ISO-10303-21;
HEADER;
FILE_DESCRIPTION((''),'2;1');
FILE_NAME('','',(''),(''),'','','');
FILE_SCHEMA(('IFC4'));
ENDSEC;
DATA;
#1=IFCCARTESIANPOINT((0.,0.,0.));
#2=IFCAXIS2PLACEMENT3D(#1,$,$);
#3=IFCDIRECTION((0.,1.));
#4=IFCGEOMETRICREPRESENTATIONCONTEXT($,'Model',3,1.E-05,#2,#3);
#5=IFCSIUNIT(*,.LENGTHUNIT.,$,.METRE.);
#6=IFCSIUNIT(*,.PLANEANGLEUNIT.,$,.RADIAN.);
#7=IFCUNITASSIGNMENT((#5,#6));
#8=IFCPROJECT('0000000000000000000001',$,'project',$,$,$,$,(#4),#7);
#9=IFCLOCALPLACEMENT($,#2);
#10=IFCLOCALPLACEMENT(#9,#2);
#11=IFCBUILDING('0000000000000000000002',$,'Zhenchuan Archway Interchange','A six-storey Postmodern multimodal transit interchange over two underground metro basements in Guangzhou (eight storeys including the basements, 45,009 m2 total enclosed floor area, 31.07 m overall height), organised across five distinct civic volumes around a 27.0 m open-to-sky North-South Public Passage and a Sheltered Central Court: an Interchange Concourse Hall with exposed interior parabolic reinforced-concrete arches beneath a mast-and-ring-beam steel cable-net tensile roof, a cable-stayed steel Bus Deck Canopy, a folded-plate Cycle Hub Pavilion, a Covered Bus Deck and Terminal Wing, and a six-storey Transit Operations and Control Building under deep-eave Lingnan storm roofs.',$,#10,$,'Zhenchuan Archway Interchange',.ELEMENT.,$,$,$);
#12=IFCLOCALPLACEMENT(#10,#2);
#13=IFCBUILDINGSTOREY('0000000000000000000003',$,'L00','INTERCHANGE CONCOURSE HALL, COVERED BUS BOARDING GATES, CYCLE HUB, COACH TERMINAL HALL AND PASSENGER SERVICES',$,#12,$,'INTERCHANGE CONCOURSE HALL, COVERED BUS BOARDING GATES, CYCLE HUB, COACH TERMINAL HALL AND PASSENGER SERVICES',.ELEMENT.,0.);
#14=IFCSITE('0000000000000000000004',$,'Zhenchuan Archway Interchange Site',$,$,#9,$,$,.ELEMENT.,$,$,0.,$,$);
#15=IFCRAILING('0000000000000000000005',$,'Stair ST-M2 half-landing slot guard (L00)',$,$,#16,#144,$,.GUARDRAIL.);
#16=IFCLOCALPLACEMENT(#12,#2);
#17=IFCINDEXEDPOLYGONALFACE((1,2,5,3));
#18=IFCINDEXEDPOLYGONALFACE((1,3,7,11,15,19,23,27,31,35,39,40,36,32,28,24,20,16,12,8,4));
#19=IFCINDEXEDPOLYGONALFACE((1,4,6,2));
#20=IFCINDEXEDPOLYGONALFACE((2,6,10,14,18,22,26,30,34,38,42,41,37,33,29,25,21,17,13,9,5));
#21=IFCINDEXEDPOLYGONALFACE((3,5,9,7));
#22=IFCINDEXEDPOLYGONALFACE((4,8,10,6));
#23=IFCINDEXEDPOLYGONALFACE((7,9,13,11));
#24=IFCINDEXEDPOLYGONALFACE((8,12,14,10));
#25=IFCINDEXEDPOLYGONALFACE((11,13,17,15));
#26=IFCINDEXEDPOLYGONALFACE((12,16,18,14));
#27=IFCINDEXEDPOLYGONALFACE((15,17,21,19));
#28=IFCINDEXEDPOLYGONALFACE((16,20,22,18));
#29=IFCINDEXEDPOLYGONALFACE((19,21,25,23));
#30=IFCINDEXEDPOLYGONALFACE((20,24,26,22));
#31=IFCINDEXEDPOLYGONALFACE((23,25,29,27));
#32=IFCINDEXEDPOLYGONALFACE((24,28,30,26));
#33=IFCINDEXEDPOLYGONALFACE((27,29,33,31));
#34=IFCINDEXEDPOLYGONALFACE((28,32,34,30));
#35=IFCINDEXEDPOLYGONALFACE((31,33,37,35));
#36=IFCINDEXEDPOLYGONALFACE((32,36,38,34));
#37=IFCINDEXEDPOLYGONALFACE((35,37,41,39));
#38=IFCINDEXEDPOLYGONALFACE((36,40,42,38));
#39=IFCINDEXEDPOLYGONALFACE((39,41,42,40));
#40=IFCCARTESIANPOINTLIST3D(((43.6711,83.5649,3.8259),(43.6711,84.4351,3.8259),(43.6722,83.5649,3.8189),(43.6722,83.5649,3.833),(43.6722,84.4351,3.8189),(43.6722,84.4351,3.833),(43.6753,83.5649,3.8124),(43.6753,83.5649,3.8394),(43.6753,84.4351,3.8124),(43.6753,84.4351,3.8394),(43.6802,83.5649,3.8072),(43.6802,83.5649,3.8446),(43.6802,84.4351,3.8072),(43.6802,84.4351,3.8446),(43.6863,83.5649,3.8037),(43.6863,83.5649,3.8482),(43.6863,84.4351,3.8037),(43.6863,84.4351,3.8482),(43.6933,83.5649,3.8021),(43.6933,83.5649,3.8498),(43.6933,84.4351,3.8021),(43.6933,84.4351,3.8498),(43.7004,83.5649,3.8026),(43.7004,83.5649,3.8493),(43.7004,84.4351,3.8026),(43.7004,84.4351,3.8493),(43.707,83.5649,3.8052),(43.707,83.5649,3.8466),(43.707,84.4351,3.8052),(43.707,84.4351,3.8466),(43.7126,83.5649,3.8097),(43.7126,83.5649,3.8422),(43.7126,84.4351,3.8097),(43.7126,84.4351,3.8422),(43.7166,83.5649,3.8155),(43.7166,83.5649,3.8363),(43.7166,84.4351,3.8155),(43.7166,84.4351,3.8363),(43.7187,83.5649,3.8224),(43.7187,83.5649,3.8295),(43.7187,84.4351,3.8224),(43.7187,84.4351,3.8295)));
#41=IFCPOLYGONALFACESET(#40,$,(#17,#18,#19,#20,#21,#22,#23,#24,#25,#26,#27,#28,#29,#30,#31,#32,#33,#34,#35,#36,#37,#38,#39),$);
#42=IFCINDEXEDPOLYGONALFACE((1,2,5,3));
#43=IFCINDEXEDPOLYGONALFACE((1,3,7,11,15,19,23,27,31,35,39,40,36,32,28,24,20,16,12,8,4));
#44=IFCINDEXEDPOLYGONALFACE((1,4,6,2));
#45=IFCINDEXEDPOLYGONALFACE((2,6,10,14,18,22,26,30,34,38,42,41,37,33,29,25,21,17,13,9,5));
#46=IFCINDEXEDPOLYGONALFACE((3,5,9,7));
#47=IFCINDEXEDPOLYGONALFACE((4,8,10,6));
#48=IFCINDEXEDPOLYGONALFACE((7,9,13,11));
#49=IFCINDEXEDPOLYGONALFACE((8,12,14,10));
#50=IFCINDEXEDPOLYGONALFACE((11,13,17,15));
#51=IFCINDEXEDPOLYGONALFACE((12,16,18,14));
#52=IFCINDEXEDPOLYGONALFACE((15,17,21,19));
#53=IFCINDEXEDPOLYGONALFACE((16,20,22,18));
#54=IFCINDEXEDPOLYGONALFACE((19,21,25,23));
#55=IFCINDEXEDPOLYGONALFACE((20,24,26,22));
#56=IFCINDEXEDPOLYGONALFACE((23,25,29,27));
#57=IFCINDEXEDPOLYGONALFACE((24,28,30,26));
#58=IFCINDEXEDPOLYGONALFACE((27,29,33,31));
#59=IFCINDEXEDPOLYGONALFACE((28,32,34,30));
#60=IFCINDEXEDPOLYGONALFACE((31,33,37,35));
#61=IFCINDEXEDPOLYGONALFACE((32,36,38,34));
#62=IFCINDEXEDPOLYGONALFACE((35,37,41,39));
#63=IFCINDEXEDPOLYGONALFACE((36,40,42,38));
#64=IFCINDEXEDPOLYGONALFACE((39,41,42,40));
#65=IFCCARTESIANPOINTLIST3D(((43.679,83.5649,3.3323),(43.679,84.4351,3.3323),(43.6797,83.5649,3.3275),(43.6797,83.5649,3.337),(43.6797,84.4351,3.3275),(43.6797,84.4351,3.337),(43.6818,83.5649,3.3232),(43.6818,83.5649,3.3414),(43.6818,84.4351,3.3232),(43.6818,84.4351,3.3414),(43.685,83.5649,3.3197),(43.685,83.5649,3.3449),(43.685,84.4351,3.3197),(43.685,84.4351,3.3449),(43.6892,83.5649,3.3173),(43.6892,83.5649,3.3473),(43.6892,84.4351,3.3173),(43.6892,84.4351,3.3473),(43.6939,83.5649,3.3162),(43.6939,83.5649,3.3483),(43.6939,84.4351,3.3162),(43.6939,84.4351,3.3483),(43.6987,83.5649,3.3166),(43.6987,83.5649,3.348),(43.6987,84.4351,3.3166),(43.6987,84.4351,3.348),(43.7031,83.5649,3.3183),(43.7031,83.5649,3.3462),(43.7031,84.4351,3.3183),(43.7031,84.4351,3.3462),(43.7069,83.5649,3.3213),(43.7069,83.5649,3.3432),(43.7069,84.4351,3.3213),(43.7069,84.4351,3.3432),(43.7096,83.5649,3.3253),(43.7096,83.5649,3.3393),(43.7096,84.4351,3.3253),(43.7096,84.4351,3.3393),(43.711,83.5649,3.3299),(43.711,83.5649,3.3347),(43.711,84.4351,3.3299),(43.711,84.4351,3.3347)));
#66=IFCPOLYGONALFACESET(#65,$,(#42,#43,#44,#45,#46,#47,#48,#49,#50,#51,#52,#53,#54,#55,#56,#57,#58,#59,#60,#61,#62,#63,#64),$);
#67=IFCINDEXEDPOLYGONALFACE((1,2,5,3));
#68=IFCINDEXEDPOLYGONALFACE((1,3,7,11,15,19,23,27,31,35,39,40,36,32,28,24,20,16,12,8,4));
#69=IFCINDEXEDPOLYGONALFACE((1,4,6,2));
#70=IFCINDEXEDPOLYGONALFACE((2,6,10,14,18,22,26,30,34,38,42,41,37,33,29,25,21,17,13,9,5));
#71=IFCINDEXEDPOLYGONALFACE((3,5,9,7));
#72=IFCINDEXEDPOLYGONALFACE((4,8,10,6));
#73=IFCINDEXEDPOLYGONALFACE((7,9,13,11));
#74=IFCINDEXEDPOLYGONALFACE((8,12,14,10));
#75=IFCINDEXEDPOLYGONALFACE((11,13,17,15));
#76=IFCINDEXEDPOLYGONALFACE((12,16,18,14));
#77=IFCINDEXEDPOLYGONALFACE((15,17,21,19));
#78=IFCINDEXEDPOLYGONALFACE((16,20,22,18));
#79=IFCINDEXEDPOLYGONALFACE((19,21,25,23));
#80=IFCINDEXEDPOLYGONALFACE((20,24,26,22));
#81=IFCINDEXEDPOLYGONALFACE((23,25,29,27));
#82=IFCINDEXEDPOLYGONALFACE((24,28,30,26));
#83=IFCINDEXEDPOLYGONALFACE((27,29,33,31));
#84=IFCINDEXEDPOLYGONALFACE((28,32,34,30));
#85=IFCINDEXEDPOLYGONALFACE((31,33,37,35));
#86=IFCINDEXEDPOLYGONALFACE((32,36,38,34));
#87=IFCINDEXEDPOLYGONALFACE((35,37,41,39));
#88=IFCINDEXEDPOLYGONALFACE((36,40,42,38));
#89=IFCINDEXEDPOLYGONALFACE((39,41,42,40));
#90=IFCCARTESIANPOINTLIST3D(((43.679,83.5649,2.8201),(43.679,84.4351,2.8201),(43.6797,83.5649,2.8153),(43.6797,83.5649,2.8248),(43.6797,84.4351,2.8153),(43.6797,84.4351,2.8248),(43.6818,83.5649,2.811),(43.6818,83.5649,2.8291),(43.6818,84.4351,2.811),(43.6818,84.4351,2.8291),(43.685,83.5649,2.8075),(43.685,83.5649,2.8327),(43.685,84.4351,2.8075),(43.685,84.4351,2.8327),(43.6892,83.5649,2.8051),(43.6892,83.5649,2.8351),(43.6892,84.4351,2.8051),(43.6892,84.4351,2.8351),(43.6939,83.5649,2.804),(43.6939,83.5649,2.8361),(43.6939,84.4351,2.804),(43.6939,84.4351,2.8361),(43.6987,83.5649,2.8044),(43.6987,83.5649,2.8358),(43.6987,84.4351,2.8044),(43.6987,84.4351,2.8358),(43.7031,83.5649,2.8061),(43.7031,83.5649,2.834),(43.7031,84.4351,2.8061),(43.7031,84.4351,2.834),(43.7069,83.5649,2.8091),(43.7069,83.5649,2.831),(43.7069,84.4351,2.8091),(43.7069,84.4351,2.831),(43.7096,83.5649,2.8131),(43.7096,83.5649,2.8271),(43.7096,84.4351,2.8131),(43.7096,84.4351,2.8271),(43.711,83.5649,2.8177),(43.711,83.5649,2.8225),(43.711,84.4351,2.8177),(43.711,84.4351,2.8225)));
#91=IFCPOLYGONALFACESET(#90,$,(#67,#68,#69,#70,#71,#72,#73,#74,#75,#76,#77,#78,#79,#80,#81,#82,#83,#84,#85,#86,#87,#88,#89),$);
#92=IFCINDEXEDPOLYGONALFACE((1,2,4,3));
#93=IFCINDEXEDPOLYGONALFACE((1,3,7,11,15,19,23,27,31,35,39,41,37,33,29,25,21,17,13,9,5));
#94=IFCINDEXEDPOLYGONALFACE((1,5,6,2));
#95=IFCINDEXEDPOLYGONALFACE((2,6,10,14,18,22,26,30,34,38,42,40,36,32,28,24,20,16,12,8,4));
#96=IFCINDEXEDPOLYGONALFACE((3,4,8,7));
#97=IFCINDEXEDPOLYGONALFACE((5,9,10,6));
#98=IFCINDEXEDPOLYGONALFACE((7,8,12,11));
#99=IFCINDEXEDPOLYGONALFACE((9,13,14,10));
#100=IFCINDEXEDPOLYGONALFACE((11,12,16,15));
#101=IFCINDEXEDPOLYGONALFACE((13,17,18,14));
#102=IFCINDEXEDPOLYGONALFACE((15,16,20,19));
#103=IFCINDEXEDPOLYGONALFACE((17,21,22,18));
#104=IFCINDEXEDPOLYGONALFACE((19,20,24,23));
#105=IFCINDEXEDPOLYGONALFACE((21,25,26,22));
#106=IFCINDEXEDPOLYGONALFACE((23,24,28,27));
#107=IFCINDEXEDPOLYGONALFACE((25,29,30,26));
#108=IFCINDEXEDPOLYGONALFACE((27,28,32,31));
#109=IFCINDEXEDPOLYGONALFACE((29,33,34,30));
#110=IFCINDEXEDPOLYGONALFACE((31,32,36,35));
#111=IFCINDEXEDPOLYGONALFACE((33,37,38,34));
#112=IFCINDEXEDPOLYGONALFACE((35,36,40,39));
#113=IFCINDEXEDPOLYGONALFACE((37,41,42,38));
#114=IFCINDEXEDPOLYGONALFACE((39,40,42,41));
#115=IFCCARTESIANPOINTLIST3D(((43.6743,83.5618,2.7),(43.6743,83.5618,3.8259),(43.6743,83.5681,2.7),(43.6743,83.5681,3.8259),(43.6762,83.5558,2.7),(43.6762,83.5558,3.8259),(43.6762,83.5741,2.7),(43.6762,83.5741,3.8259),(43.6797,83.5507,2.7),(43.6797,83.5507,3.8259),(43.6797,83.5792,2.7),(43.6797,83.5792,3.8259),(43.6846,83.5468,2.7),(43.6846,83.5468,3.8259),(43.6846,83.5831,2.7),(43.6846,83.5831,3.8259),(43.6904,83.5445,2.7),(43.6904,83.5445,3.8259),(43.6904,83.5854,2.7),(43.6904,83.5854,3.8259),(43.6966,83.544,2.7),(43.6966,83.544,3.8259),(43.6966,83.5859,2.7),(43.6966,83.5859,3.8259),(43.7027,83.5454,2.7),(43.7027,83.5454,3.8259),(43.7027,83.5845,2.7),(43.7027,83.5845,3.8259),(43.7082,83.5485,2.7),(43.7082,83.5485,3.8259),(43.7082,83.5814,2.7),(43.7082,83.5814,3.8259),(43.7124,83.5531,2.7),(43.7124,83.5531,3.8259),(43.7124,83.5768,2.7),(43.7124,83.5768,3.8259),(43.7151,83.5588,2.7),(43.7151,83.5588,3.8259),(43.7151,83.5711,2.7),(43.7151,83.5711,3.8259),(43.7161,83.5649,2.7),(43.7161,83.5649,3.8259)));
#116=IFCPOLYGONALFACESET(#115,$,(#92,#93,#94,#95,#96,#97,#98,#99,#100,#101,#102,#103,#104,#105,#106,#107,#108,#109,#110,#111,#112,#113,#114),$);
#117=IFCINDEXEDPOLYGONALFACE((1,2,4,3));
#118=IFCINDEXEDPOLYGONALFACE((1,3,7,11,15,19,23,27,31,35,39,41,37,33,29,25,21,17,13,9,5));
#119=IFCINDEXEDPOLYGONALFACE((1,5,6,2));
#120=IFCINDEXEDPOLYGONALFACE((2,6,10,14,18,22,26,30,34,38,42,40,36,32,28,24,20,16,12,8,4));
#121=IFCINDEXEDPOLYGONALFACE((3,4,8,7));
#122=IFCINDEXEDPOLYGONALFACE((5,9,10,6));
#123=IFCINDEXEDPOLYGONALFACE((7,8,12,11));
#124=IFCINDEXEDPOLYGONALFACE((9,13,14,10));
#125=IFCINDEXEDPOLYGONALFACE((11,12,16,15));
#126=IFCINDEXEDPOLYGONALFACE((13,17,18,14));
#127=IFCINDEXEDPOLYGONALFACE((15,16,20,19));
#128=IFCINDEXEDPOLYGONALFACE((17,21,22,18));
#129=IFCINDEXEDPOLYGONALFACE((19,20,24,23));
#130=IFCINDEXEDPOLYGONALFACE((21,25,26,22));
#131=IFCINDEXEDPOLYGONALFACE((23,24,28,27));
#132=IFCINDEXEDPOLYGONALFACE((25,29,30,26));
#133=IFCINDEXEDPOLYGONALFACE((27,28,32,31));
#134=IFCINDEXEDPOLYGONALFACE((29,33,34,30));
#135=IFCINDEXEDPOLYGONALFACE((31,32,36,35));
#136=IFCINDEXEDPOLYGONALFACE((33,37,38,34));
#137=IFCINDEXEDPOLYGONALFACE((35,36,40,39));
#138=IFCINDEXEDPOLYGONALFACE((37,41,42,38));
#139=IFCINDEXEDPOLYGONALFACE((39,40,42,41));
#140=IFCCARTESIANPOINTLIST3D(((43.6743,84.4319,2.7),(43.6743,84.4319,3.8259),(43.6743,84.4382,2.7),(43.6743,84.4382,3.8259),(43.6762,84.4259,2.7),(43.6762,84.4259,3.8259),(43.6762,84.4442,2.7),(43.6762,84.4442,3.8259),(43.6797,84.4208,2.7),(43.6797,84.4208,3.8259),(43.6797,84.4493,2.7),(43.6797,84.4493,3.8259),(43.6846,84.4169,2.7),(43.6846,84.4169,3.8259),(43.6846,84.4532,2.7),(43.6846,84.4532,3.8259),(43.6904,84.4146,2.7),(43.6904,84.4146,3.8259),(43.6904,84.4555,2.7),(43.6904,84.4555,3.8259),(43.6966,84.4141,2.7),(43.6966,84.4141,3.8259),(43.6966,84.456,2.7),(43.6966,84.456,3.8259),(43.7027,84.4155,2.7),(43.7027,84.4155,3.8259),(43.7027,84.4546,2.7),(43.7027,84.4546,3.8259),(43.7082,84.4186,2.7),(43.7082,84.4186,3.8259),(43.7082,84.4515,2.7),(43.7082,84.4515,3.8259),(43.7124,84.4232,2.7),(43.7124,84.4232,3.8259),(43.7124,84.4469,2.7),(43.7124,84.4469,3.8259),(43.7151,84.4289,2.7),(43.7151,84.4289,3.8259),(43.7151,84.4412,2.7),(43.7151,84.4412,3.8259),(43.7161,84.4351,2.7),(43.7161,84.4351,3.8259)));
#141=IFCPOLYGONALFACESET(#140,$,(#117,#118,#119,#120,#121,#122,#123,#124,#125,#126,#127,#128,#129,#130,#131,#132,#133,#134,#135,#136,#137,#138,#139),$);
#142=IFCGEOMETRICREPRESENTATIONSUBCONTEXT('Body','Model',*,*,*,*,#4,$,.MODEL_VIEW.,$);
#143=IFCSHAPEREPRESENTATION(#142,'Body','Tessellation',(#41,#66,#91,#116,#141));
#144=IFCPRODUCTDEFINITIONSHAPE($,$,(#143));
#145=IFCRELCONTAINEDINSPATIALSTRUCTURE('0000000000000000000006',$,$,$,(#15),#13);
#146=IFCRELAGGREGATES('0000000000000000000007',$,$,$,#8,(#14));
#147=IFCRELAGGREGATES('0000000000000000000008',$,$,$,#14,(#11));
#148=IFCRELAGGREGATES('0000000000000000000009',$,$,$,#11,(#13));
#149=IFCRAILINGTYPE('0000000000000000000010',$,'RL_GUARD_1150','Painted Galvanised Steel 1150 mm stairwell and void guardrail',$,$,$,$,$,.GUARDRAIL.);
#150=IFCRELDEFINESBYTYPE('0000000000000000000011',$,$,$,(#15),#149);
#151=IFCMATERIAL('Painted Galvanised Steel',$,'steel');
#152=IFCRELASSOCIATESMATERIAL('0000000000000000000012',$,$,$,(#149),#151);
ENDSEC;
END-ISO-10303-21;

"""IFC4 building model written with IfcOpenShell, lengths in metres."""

from ifc_helpers import new_model, si_unit, direction, frame, origin, origin_2d, place, context, subcontext, project, spatial, circle, extrude, material, type_object, element, save


model = new_model("IFC4")

# Units and contexts
model_context = context("Model", 3, precision=1e-05, world=origin(), true_north=direction((0.0, 1.0)))
body_context = subcontext(model_context, "Body", "Model", "MODEL_VIEW")
ifc_project = project(units=[si_unit("LENGTHUNIT", "METRE"), si_unit("PLANEANGLEUNIT", "RADIAN")], contexts=[model_context])

# Site, building, storey
site_placement = place(None, origin())
site = spatial("IfcSite", under=ifc_project, at=site_placement, Name="Zhenchuan Archway Interchange Site", CompositionType="ELEMENT", RefElevation=0.0)
building_placement = place(site_placement, origin())
building = spatial("IfcBuilding", under=site, at=building_placement, Name="Zhenchuan Archway Interchange", Description="A six-storey Postmodern multimodal transit interchange over two underground metro basements in Guangzhou (eight storeys including the basements, 45,009 m2 total enclosed floor area, 31.07 m overall height), organised across five distinct civic volumes around a 27.0 m open-to-sky North-South Public Passage and a Sheltered Central Court: an Interchange Concourse Hall with exposed interior parabolic reinforced-concrete arches beneath a mast-and-ring-beam steel cable-net tensile roof, a cable-stayed steel Bus Deck Canopy, a folded-plate Cycle Hub Pavilion, a Covered Bus Deck and Terminal Wing, and a six-storey Transit Operations and Control Building under deep-eave Lingnan storm roofs.", LongName="Zhenchuan Archway Interchange", CompositionType="ELEMENT")
storey_placement = place(building_placement, origin())
storey = spatial("IfcBuildingStorey", under=building, at=storey_placement, Name="L00", Description="INTERCHANGE CONCOURSE HALL, COVERED BUS BOARDING GATES, CYCLE HUB, COACH TERMINAL HALL AND PASSENGER SERVICES", LongName="INTERCHANGE CONCOURSE HALL, COVERED BUS BOARDING GATES, CYCLE HUB, COACH TERMINAL HALL AND PASSENGER SERVICES", CompositionType="ELEMENT", Elevation=0.0)

# Railing
ifc_material_1 = material(Name="Painted Galvanised Steel", Category="steel")
railing_type_1 = type_object("IfcRailingType", Name="RL_GUARD_1150", Description="Painted Galvanised Steel 1150 mm stairwell and void guardrail", PredefinedType="GUARDRAIL", material=ifc_material_1)
for number, where, name in (
    (1, (43.6951, 83.5649, 2.7), "Stair ST-M2 half-landing slot guard (L00)"),
):
    element("IfcRailing", number, at=place(storey_placement, frame(where)), inside=storey, type_object=railing_type_1, Name=name, PredefinedType="GUARDRAIL", context=body_context, shape_type="SweptSolid", body=[
        extrude(circle(Radius=0.0239, at=origin_2d()), frame((0.0, 0.0, 1.126), z_axis=(0.0, 1.0, 0.0), x_axis=(-1.0, 0.0, 0.0)), (0.0, 0.0, 1.0), 0.8701),
        extrude(circle(Radius=0.0161, at=origin_2d()), frame((0.0, 0.0, 0.6323), z_axis=(0.0, 1.0, 0.0), x_axis=(-1.0, 0.0, 0.0)), (0.0, 0.0, 1.0), 0.8701),
        extrude(circle(Radius=0.0161, at=origin_2d()), frame((0.0, 0.0, 0.1201), z_axis=(0.0, 1.0, 0.0), x_axis=(-1.0, 0.0, 0.0)), (0.0, 0.0, 1.0), 0.8701),
        extrude(circle(Radius=0.021, at=origin_2d()), origin(), (0.0, 0.0, 1.0), 1.126),
        extrude(circle(Radius=0.021, at=origin_2d()), frame((0.0, 0.8701, 0.0)), (0.0, 0.0, 1.0), 1.126),
    ])

save(model, "model.ifc")
